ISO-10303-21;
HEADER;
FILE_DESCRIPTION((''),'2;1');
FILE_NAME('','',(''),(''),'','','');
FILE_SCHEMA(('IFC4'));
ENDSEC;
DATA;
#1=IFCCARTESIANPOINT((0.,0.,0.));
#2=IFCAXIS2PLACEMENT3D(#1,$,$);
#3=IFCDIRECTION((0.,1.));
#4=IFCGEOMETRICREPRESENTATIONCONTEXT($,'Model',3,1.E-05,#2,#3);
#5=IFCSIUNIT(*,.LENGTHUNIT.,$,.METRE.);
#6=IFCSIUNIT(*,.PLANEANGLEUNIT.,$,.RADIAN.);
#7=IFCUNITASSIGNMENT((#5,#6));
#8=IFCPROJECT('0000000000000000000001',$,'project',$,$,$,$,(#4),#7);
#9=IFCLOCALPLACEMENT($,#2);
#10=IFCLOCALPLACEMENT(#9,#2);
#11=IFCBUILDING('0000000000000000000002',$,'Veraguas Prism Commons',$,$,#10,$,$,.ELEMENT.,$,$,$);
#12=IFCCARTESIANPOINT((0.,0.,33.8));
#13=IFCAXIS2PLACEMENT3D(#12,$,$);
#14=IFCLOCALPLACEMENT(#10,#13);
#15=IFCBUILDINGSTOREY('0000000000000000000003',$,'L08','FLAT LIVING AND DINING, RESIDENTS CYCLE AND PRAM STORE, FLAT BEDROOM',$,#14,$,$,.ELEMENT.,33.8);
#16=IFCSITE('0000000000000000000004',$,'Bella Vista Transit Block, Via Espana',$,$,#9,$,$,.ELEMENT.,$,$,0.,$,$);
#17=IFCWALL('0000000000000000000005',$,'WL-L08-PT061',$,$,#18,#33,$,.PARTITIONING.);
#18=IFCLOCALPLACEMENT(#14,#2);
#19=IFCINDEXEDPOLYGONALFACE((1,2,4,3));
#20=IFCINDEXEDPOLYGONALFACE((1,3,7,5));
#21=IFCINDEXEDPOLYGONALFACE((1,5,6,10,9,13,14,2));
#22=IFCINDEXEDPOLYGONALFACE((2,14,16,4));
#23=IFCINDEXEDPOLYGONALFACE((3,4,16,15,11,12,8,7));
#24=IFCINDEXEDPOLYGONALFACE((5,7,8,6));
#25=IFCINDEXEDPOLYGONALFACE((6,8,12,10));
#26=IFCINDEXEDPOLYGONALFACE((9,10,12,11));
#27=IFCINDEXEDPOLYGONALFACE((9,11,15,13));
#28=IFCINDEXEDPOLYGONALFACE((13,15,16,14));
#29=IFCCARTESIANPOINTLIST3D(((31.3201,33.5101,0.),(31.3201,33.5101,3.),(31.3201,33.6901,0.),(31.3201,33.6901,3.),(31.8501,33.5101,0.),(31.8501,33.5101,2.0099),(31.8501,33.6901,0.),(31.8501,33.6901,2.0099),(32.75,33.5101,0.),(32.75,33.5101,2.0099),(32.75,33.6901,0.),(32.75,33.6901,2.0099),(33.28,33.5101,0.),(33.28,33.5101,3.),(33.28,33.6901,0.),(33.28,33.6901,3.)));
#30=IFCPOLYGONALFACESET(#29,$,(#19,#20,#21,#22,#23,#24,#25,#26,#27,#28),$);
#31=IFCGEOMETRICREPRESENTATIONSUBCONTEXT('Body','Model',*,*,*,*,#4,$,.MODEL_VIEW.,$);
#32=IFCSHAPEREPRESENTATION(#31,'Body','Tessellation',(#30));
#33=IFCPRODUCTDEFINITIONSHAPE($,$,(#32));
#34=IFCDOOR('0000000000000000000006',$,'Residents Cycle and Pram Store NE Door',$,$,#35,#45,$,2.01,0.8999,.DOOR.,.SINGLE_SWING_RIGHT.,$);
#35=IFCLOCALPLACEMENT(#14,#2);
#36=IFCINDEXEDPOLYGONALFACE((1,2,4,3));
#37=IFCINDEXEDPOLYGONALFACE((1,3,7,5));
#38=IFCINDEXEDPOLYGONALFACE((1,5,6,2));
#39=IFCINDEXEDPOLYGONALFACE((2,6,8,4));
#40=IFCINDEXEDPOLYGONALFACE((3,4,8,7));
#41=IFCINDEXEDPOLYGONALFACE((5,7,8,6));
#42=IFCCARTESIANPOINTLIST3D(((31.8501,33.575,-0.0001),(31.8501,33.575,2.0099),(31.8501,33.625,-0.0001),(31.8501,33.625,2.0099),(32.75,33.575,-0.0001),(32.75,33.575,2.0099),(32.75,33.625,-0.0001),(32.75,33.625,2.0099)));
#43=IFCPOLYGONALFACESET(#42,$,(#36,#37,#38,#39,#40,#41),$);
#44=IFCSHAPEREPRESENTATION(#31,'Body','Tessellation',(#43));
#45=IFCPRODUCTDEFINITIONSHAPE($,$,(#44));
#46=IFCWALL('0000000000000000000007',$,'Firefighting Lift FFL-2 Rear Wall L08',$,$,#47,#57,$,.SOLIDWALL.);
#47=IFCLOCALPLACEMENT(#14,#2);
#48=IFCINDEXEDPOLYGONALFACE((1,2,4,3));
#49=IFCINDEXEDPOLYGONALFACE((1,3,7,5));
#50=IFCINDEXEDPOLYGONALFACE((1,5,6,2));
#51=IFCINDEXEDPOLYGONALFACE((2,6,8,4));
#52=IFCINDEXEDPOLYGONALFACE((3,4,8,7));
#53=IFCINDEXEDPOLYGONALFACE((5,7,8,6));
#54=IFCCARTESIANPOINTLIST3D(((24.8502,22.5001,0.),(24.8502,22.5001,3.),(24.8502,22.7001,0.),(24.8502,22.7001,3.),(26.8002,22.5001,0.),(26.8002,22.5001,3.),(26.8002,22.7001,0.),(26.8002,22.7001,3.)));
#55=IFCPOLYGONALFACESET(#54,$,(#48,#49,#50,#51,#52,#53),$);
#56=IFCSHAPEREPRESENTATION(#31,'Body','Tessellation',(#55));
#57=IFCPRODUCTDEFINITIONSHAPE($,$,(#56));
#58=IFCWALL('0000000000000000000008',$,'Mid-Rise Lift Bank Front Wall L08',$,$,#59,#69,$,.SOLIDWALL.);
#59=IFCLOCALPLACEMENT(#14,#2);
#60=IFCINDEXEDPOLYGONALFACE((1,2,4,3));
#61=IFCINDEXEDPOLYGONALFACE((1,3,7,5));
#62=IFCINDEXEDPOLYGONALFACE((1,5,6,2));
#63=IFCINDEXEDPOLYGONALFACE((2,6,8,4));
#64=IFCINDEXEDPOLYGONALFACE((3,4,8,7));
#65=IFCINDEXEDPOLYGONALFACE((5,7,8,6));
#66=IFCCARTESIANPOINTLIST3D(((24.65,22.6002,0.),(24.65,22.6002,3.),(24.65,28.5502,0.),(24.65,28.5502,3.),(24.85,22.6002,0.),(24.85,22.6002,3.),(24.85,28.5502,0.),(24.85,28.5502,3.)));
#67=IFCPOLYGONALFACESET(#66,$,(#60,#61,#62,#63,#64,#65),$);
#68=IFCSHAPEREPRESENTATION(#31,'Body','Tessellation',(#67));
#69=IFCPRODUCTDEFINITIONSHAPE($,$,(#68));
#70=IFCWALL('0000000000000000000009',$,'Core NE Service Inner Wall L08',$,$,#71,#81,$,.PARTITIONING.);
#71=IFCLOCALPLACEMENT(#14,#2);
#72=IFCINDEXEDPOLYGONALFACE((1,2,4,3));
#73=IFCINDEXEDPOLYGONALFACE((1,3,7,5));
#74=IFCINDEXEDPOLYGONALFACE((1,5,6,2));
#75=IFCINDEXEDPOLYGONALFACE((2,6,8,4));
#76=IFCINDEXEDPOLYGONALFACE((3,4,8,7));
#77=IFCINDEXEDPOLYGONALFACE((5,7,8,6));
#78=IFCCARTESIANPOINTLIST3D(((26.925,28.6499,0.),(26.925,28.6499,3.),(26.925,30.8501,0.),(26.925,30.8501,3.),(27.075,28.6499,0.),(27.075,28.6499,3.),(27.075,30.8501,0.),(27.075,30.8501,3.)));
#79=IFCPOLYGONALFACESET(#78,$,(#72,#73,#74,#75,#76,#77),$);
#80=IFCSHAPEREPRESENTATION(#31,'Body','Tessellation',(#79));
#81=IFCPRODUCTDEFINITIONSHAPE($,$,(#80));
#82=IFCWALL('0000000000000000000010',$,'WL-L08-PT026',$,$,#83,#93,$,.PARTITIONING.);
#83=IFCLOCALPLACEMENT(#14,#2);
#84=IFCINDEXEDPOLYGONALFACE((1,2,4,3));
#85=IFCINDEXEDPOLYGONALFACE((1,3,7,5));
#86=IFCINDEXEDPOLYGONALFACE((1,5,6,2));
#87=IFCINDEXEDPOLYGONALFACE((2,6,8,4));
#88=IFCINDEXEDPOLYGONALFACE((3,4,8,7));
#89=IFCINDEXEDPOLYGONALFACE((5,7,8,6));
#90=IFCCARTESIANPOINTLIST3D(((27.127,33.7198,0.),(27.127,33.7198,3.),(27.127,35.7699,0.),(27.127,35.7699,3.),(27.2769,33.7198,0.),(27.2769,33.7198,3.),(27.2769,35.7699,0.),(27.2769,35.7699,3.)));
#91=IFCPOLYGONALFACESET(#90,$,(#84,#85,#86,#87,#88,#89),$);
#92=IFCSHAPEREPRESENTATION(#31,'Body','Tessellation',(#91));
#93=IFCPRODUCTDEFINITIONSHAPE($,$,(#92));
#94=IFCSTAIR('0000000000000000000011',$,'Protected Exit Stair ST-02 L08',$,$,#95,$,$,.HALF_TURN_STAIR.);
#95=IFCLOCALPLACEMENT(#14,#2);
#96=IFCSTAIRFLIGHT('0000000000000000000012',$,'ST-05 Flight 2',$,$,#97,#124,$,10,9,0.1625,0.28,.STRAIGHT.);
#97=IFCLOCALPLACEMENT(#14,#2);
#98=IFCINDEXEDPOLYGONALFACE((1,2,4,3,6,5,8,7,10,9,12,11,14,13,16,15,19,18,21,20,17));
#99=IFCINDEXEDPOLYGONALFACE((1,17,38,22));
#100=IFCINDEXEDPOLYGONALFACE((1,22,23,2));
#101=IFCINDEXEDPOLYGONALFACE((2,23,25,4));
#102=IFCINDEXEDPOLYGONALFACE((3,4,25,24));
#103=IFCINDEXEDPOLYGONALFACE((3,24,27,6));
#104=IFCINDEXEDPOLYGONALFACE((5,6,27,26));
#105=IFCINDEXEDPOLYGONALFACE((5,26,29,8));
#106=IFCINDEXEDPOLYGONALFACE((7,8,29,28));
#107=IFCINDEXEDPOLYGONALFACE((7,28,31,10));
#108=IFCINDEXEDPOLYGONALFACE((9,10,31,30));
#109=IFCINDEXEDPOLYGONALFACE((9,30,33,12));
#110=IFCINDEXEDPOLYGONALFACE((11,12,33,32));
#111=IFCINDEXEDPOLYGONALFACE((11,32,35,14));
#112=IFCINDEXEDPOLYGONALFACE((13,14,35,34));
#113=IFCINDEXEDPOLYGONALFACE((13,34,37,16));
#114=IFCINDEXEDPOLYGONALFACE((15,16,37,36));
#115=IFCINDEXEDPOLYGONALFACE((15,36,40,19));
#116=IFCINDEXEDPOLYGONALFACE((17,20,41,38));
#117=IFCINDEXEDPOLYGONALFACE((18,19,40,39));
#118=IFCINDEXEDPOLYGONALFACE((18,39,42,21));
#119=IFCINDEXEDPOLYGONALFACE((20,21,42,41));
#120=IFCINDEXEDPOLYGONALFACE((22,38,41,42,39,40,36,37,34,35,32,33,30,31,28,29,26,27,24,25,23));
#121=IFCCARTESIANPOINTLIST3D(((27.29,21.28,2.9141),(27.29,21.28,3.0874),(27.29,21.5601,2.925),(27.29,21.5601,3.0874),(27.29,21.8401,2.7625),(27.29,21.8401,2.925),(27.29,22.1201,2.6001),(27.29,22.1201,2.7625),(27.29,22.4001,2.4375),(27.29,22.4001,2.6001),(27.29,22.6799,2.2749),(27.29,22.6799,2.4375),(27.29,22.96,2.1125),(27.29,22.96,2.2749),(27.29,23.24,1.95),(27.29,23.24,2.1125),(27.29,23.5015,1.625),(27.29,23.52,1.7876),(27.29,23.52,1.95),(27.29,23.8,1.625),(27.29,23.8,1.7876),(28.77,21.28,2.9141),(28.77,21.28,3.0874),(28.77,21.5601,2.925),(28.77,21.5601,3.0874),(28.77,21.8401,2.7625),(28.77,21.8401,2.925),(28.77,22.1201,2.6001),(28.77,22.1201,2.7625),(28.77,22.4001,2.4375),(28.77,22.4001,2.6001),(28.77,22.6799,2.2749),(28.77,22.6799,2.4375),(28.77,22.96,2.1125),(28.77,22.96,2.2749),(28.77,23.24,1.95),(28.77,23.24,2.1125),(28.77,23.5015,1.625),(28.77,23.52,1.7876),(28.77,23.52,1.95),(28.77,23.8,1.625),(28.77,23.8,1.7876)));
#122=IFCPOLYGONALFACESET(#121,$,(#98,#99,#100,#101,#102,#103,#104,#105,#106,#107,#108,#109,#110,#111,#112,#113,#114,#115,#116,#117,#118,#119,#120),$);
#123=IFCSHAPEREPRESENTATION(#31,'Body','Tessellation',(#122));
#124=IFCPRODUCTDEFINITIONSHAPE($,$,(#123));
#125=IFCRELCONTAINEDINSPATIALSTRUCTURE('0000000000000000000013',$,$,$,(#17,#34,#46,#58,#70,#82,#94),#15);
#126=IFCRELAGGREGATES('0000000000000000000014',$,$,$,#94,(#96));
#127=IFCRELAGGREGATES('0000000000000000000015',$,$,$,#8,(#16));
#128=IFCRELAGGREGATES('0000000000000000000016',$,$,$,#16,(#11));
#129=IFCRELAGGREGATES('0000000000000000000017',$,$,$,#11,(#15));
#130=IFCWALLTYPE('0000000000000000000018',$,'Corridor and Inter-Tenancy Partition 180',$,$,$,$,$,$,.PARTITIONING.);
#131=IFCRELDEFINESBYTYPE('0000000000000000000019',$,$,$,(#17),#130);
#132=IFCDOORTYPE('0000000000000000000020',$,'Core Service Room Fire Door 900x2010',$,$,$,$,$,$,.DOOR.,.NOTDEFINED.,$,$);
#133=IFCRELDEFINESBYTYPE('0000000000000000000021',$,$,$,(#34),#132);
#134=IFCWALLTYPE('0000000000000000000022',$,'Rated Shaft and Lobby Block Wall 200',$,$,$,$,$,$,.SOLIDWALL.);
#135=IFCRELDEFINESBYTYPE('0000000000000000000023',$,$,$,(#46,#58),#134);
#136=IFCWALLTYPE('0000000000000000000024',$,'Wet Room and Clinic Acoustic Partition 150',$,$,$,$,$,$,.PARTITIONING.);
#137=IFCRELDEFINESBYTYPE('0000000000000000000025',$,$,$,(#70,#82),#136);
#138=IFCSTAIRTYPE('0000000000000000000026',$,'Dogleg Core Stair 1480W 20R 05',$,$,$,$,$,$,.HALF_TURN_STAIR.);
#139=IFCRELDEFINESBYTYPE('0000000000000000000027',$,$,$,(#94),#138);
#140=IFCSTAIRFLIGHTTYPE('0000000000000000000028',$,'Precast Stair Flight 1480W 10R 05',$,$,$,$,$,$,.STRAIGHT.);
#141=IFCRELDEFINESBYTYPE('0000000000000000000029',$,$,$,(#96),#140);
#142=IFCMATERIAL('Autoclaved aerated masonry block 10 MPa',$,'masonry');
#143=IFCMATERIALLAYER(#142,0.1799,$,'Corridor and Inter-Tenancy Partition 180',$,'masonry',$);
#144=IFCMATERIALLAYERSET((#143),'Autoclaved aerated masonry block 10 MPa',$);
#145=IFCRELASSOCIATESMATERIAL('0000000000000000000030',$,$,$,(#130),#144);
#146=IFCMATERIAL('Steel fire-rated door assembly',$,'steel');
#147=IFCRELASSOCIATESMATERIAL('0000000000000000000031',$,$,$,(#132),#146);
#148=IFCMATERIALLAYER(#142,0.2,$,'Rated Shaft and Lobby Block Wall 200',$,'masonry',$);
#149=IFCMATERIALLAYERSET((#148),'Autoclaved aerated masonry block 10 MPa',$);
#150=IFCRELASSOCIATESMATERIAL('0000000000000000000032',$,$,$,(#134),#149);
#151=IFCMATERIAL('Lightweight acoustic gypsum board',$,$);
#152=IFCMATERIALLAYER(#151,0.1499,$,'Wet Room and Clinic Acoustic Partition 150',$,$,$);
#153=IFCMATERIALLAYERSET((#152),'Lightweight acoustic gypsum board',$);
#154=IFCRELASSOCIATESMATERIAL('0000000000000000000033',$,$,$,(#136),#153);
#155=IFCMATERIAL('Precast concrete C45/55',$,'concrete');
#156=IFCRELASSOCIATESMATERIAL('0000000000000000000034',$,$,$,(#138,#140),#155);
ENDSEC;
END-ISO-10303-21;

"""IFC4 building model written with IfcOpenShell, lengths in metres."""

from ifc_helpers import new_model, si_unit, direction, frame, frame_2d, origin, place, context, subcontext, project, spatial, polyline, rectangle, outline, extrude, source, transform, mapped, material, layer, layer_set, type_object, element, fill, aggregate, save


model = new_model("IFC4")

# Units and contexts
model_context = context("Model", 3, precision=1e-05, world=origin(), true_north=direction((0.0, 1.0)))
body_context = subcontext(model_context, "Body", "Model", "MODEL_VIEW")
ifc_project = project(units=[si_unit("LENGTHUNIT", "METRE"), si_unit("PLANEANGLEUNIT", "RADIAN")], contexts=[model_context])

# Site, building, storey
site_placement = place(None, origin())
site = spatial("IfcSite", under=ifc_project, at=site_placement, Name="Bella Vista Transit Block, Via Espana", CompositionType="ELEMENT", RefElevation=0.0)
building_placement = place(site_placement, origin())
building = spatial("IfcBuilding", under=site, at=building_placement, Name="Veraguas Prism Commons", CompositionType="ELEMENT")
storey_placement = place(building_placement, frame((0.0, 0.0, 33.8)))
storey = spatial("IfcBuildingStorey", under=building, at=storey_placement, Name="L08", Description="FLAT LIVING AND DINING, RESIDENTS CYCLE AND PRAM STORE, FLAT BEDROOM", CompositionType="ELEMENT", Elevation=33.8)

# Shared definitions
ifc_material_1 = material(Name="Steel fire-rated door assembly", Category="steel")

# Shared definitions
ifc_material_2 = material(Name="Autoclaved aerated masonry block 10 MPa", Category="masonry")
ifc_layer_1 = layer(ifc_material_2, 0.1799, Name="Corridor and Inter-Tenancy Partition 180", Category="masonry")
ifc_layer_set_1 = layer_set([ifc_layer_1], Name="Autoclaved aerated masonry block 10 MPa")
wall_type_1 = type_object("IfcWallType", Name="Corridor and Inter-Tenancy Partition 180", PredefinedType="PARTITIONING", material=ifc_layer_set_1)

# Wall, opening, door
wall_1_placement = place(storey_placement, frame((31.3201, 33.6001, 0.0), z_axis=(0.0, 0.0, 1.0), x_axis=(1.0, 0.0, 0.0)))
wall_1 = element("IfcWall", 1, at=wall_1_placement, inside=storey, type_object=wall_type_1, Name="WL-L08-PT061", PredefinedType="PARTITIONING", context=body_context, shape_type="SweptSolid", body=[
    extrude(rectangle(XDim=1.96, YDim=0.1799, at=frame_2d((0.98, 0.0))), origin(), (0.0, 0.0, 1.0), 3.0),
])
opening_1_placement = place(wall_1_placement, frame((0.53, 0.0, 0.0)))
opening_1 = element("IfcOpeningElement", 2, at=opening_1_placement, cuts=wall_1, PredefinedType="OPENING", context=body_context, shape_type="SweptSolid", body=[
    extrude(rectangle(XDim=0.8999, YDim=2.01, at=frame_2d((0.45, 1.0049))), frame((0.0, 0.0999, 0.0), z_axis=(0.0, -1.0, 0.0), x_axis=(1.0, 0.0, 0.0)), (0.0, 0.0, 1.0), 0.2),
])
door_type_1 = type_object("IfcDoorType", Name="Core Service Room Fire Door 900x2010", OperationType="NOTDEFINED", PredefinedType="DOOR", material=ifc_material_1)
shared_shape_1 = source(origin(), body_context, "Body", "SweptSolid", [
    extrude(rectangle(XDim=0.8999, YDim=2.01, at=frame_2d((0.45, 1.0049))), frame((0.0, 0.0249, 0.0), z_axis=(0.0, -1.0, 0.0), x_axis=(1.0, 0.0, 0.0)), (0.0, 0.0, 1.0), 0.05),
])
door_1_placement = place(opening_1_placement, origin())
door_1 = element("IfcDoor", 3, at=door_1_placement, inside=storey, type_object=door_type_1, Name="Residents Cycle and Pram Store NE Door", OperationType="SINGLE_SWING_RIGHT", OverallHeight=2.01, OverallWidth=0.8999, PredefinedType="DOOR", context=body_context, shape_type="MappedRepresentation", body=[
    mapped(shared_shape_1, transform((0.0, 0.0, 0.0), scale=1.0)),
])
fill(opening_1, door_1)

# Walls
ifc_layer_2 = layer(ifc_material_2, 0.2, Name="Rated Shaft and Lobby Block Wall 200", Category="masonry")
ifc_layer_set_2 = layer_set([ifc_layer_2], Name="Autoclaved aerated masonry block 10 MPa")
wall_type_2 = type_object("IfcWallType", Name="Rated Shaft and Lobby Block Wall 200", PredefinedType="SOLIDWALL", material=ifc_layer_set_2)
wall_2_placement = place(storey_placement, frame((24.8501, 22.6001, 0.0), z_axis=(0.0, 0.0, 1.0), x_axis=(1.0, 0.0, 0.0)))
element("IfcWall", 4, at=wall_2_placement, inside=storey, type_object=wall_type_2, Name="Firefighting Lift FFL-2 Rear Wall L08", PredefinedType="SOLIDWALL", context=body_context, shape_type="SweptSolid", body=[
    extrude(rectangle(XDim=1.95, YDim=0.2, at=frame_2d((0.9751, 0.0))), origin(), (0.0, 0.0, 1.0), 3.0),
])
wall_3_placement = place(storey_placement, frame((24.75, 22.6001, 0.0), z_axis=(0.0, 0.0, 1.0), x_axis=(0.0, 1.0, 0.0)))
element("IfcWall", 5, at=wall_3_placement, inside=storey, type_object=wall_type_2, Name="Mid-Rise Lift Bank Front Wall L08", PredefinedType="SOLIDWALL", context=body_context, shape_type="SweptSolid", body=[
    extrude(rectangle(XDim=5.95, YDim=0.2, at=frame_2d((2.9751, 0.0))), origin(), (0.0, 0.0, 1.0), 3.0),
])
ifc_material_3 = material(Name="Lightweight acoustic gypsum board")
ifc_layer_3 = layer(ifc_material_3, 0.1499, Name="Wet Room and Clinic Acoustic Partition 150")
ifc_layer_set_3 = layer_set([ifc_layer_3], Name="Lightweight acoustic gypsum board")
wall_type_3 = type_object("IfcWallType", Name="Wet Room and Clinic Acoustic Partition 150", PredefinedType="PARTITIONING", material=ifc_layer_set_3)
wall_4_placement = place(storey_placement, frame((27.0, 28.6499, 0.0), z_axis=(0.0, 0.0, 1.0), x_axis=(0.0, 1.0, 0.0)))
element("IfcWall", 6, at=wall_4_placement, inside=storey, type_object=wall_type_3, Name="Core NE Service Inner Wall L08", PredefinedType="PARTITIONING", context=body_context, shape_type="SweptSolid", body=[
    extrude(rectangle(XDim=2.2002, YDim=0.1499, at=frame_2d((1.1001, 0.0))), origin(), (0.0, 0.0, 1.0), 3.0),
])
wall_5_placement = place(storey_placement, frame((27.2019, 33.72, 0.0), z_axis=(0.0, 0.0, 1.0), x_axis=(0.0, 1.0, 0.0)))
element("IfcWall", 7, at=wall_5_placement, inside=storey, type_object=wall_type_3, Name="WL-L08-PT026", PredefinedType="PARTITIONING", context=body_context, shape_type="SweptSolid", body=[
    extrude(rectangle(XDim=2.05, YDim=0.1499, at=frame_2d((1.0249, 0.0))), origin(), (0.0, 0.0, 1.0), 3.0),
])

# Stair, stair flight
ifc_material_4 = material(Name="Precast concrete C45/55", Category="concrete")
stair_type = type_object("IfcStairType", Name="Dogleg Core Stair 1480W 20R 05", PredefinedType="HALF_TURN_STAIR", material=ifc_material_4)
stair_placement = place(storey_placement, origin())
stair = element("IfcStair", 8, at=stair_placement, inside=storey, type_object=stair_type, Name="Protected Exit Stair ST-02 L08", PredefinedType="HALF_TURN_STAIR")
stair_flight_type = type_object("IfcStairFlightType", Name="Precast Stair Flight 1480W 10R 05", PredefinedType="STRAIGHT", material=ifc_material_4)
stair_flight_placement = place(storey_placement, frame((28.03, 23.8, 1.625), z_axis=(0.0, 0.0, 1.0), x_axis=(0.0, -1.0, 0.0)))
stair_flight = element("IfcStairFlight", 9, at=stair_flight_placement, type_object=stair_flight_type, Name="ST-05 Flight 2", NumberOfRisers=10, NumberOfTreads=9, PredefinedType="STRAIGHT", RiserHeight=0.1625, TreadLength=0.28, context=body_context, shape_type="SweptSolid", body=[
    extrude(outline(polyline([(0.0, 0.0), (0.0, 0.1626), (0.28, 0.1626), (0.28, 0.325), (0.5601, 0.325), (0.5601, 0.4875), (0.8401, 0.4875), (0.8401, 0.6499), (1.1201, 0.6499), (1.1201, 0.8125), (1.3999, 0.8125), (1.3999, 0.9751), (1.6799, 0.9751), (1.6799, 1.1375), (1.96, 1.1375), (1.96, 1.3), (2.24, 1.3), (2.24, 1.4624), (2.52, 1.4624), (2.52, 1.625), (2.52, 1.2891), (0.2986, 0.0), (0.0, 0.0)])), frame((0.0, 0.74, 0.0), z_axis=(0.0, -1.0, 0.0), x_axis=(1.0, 0.0, 0.0)), (0.0, 0.0, 1.0), 1.48),
])
aggregate(stair, [stair_flight])

save(model, "model.ifc")
